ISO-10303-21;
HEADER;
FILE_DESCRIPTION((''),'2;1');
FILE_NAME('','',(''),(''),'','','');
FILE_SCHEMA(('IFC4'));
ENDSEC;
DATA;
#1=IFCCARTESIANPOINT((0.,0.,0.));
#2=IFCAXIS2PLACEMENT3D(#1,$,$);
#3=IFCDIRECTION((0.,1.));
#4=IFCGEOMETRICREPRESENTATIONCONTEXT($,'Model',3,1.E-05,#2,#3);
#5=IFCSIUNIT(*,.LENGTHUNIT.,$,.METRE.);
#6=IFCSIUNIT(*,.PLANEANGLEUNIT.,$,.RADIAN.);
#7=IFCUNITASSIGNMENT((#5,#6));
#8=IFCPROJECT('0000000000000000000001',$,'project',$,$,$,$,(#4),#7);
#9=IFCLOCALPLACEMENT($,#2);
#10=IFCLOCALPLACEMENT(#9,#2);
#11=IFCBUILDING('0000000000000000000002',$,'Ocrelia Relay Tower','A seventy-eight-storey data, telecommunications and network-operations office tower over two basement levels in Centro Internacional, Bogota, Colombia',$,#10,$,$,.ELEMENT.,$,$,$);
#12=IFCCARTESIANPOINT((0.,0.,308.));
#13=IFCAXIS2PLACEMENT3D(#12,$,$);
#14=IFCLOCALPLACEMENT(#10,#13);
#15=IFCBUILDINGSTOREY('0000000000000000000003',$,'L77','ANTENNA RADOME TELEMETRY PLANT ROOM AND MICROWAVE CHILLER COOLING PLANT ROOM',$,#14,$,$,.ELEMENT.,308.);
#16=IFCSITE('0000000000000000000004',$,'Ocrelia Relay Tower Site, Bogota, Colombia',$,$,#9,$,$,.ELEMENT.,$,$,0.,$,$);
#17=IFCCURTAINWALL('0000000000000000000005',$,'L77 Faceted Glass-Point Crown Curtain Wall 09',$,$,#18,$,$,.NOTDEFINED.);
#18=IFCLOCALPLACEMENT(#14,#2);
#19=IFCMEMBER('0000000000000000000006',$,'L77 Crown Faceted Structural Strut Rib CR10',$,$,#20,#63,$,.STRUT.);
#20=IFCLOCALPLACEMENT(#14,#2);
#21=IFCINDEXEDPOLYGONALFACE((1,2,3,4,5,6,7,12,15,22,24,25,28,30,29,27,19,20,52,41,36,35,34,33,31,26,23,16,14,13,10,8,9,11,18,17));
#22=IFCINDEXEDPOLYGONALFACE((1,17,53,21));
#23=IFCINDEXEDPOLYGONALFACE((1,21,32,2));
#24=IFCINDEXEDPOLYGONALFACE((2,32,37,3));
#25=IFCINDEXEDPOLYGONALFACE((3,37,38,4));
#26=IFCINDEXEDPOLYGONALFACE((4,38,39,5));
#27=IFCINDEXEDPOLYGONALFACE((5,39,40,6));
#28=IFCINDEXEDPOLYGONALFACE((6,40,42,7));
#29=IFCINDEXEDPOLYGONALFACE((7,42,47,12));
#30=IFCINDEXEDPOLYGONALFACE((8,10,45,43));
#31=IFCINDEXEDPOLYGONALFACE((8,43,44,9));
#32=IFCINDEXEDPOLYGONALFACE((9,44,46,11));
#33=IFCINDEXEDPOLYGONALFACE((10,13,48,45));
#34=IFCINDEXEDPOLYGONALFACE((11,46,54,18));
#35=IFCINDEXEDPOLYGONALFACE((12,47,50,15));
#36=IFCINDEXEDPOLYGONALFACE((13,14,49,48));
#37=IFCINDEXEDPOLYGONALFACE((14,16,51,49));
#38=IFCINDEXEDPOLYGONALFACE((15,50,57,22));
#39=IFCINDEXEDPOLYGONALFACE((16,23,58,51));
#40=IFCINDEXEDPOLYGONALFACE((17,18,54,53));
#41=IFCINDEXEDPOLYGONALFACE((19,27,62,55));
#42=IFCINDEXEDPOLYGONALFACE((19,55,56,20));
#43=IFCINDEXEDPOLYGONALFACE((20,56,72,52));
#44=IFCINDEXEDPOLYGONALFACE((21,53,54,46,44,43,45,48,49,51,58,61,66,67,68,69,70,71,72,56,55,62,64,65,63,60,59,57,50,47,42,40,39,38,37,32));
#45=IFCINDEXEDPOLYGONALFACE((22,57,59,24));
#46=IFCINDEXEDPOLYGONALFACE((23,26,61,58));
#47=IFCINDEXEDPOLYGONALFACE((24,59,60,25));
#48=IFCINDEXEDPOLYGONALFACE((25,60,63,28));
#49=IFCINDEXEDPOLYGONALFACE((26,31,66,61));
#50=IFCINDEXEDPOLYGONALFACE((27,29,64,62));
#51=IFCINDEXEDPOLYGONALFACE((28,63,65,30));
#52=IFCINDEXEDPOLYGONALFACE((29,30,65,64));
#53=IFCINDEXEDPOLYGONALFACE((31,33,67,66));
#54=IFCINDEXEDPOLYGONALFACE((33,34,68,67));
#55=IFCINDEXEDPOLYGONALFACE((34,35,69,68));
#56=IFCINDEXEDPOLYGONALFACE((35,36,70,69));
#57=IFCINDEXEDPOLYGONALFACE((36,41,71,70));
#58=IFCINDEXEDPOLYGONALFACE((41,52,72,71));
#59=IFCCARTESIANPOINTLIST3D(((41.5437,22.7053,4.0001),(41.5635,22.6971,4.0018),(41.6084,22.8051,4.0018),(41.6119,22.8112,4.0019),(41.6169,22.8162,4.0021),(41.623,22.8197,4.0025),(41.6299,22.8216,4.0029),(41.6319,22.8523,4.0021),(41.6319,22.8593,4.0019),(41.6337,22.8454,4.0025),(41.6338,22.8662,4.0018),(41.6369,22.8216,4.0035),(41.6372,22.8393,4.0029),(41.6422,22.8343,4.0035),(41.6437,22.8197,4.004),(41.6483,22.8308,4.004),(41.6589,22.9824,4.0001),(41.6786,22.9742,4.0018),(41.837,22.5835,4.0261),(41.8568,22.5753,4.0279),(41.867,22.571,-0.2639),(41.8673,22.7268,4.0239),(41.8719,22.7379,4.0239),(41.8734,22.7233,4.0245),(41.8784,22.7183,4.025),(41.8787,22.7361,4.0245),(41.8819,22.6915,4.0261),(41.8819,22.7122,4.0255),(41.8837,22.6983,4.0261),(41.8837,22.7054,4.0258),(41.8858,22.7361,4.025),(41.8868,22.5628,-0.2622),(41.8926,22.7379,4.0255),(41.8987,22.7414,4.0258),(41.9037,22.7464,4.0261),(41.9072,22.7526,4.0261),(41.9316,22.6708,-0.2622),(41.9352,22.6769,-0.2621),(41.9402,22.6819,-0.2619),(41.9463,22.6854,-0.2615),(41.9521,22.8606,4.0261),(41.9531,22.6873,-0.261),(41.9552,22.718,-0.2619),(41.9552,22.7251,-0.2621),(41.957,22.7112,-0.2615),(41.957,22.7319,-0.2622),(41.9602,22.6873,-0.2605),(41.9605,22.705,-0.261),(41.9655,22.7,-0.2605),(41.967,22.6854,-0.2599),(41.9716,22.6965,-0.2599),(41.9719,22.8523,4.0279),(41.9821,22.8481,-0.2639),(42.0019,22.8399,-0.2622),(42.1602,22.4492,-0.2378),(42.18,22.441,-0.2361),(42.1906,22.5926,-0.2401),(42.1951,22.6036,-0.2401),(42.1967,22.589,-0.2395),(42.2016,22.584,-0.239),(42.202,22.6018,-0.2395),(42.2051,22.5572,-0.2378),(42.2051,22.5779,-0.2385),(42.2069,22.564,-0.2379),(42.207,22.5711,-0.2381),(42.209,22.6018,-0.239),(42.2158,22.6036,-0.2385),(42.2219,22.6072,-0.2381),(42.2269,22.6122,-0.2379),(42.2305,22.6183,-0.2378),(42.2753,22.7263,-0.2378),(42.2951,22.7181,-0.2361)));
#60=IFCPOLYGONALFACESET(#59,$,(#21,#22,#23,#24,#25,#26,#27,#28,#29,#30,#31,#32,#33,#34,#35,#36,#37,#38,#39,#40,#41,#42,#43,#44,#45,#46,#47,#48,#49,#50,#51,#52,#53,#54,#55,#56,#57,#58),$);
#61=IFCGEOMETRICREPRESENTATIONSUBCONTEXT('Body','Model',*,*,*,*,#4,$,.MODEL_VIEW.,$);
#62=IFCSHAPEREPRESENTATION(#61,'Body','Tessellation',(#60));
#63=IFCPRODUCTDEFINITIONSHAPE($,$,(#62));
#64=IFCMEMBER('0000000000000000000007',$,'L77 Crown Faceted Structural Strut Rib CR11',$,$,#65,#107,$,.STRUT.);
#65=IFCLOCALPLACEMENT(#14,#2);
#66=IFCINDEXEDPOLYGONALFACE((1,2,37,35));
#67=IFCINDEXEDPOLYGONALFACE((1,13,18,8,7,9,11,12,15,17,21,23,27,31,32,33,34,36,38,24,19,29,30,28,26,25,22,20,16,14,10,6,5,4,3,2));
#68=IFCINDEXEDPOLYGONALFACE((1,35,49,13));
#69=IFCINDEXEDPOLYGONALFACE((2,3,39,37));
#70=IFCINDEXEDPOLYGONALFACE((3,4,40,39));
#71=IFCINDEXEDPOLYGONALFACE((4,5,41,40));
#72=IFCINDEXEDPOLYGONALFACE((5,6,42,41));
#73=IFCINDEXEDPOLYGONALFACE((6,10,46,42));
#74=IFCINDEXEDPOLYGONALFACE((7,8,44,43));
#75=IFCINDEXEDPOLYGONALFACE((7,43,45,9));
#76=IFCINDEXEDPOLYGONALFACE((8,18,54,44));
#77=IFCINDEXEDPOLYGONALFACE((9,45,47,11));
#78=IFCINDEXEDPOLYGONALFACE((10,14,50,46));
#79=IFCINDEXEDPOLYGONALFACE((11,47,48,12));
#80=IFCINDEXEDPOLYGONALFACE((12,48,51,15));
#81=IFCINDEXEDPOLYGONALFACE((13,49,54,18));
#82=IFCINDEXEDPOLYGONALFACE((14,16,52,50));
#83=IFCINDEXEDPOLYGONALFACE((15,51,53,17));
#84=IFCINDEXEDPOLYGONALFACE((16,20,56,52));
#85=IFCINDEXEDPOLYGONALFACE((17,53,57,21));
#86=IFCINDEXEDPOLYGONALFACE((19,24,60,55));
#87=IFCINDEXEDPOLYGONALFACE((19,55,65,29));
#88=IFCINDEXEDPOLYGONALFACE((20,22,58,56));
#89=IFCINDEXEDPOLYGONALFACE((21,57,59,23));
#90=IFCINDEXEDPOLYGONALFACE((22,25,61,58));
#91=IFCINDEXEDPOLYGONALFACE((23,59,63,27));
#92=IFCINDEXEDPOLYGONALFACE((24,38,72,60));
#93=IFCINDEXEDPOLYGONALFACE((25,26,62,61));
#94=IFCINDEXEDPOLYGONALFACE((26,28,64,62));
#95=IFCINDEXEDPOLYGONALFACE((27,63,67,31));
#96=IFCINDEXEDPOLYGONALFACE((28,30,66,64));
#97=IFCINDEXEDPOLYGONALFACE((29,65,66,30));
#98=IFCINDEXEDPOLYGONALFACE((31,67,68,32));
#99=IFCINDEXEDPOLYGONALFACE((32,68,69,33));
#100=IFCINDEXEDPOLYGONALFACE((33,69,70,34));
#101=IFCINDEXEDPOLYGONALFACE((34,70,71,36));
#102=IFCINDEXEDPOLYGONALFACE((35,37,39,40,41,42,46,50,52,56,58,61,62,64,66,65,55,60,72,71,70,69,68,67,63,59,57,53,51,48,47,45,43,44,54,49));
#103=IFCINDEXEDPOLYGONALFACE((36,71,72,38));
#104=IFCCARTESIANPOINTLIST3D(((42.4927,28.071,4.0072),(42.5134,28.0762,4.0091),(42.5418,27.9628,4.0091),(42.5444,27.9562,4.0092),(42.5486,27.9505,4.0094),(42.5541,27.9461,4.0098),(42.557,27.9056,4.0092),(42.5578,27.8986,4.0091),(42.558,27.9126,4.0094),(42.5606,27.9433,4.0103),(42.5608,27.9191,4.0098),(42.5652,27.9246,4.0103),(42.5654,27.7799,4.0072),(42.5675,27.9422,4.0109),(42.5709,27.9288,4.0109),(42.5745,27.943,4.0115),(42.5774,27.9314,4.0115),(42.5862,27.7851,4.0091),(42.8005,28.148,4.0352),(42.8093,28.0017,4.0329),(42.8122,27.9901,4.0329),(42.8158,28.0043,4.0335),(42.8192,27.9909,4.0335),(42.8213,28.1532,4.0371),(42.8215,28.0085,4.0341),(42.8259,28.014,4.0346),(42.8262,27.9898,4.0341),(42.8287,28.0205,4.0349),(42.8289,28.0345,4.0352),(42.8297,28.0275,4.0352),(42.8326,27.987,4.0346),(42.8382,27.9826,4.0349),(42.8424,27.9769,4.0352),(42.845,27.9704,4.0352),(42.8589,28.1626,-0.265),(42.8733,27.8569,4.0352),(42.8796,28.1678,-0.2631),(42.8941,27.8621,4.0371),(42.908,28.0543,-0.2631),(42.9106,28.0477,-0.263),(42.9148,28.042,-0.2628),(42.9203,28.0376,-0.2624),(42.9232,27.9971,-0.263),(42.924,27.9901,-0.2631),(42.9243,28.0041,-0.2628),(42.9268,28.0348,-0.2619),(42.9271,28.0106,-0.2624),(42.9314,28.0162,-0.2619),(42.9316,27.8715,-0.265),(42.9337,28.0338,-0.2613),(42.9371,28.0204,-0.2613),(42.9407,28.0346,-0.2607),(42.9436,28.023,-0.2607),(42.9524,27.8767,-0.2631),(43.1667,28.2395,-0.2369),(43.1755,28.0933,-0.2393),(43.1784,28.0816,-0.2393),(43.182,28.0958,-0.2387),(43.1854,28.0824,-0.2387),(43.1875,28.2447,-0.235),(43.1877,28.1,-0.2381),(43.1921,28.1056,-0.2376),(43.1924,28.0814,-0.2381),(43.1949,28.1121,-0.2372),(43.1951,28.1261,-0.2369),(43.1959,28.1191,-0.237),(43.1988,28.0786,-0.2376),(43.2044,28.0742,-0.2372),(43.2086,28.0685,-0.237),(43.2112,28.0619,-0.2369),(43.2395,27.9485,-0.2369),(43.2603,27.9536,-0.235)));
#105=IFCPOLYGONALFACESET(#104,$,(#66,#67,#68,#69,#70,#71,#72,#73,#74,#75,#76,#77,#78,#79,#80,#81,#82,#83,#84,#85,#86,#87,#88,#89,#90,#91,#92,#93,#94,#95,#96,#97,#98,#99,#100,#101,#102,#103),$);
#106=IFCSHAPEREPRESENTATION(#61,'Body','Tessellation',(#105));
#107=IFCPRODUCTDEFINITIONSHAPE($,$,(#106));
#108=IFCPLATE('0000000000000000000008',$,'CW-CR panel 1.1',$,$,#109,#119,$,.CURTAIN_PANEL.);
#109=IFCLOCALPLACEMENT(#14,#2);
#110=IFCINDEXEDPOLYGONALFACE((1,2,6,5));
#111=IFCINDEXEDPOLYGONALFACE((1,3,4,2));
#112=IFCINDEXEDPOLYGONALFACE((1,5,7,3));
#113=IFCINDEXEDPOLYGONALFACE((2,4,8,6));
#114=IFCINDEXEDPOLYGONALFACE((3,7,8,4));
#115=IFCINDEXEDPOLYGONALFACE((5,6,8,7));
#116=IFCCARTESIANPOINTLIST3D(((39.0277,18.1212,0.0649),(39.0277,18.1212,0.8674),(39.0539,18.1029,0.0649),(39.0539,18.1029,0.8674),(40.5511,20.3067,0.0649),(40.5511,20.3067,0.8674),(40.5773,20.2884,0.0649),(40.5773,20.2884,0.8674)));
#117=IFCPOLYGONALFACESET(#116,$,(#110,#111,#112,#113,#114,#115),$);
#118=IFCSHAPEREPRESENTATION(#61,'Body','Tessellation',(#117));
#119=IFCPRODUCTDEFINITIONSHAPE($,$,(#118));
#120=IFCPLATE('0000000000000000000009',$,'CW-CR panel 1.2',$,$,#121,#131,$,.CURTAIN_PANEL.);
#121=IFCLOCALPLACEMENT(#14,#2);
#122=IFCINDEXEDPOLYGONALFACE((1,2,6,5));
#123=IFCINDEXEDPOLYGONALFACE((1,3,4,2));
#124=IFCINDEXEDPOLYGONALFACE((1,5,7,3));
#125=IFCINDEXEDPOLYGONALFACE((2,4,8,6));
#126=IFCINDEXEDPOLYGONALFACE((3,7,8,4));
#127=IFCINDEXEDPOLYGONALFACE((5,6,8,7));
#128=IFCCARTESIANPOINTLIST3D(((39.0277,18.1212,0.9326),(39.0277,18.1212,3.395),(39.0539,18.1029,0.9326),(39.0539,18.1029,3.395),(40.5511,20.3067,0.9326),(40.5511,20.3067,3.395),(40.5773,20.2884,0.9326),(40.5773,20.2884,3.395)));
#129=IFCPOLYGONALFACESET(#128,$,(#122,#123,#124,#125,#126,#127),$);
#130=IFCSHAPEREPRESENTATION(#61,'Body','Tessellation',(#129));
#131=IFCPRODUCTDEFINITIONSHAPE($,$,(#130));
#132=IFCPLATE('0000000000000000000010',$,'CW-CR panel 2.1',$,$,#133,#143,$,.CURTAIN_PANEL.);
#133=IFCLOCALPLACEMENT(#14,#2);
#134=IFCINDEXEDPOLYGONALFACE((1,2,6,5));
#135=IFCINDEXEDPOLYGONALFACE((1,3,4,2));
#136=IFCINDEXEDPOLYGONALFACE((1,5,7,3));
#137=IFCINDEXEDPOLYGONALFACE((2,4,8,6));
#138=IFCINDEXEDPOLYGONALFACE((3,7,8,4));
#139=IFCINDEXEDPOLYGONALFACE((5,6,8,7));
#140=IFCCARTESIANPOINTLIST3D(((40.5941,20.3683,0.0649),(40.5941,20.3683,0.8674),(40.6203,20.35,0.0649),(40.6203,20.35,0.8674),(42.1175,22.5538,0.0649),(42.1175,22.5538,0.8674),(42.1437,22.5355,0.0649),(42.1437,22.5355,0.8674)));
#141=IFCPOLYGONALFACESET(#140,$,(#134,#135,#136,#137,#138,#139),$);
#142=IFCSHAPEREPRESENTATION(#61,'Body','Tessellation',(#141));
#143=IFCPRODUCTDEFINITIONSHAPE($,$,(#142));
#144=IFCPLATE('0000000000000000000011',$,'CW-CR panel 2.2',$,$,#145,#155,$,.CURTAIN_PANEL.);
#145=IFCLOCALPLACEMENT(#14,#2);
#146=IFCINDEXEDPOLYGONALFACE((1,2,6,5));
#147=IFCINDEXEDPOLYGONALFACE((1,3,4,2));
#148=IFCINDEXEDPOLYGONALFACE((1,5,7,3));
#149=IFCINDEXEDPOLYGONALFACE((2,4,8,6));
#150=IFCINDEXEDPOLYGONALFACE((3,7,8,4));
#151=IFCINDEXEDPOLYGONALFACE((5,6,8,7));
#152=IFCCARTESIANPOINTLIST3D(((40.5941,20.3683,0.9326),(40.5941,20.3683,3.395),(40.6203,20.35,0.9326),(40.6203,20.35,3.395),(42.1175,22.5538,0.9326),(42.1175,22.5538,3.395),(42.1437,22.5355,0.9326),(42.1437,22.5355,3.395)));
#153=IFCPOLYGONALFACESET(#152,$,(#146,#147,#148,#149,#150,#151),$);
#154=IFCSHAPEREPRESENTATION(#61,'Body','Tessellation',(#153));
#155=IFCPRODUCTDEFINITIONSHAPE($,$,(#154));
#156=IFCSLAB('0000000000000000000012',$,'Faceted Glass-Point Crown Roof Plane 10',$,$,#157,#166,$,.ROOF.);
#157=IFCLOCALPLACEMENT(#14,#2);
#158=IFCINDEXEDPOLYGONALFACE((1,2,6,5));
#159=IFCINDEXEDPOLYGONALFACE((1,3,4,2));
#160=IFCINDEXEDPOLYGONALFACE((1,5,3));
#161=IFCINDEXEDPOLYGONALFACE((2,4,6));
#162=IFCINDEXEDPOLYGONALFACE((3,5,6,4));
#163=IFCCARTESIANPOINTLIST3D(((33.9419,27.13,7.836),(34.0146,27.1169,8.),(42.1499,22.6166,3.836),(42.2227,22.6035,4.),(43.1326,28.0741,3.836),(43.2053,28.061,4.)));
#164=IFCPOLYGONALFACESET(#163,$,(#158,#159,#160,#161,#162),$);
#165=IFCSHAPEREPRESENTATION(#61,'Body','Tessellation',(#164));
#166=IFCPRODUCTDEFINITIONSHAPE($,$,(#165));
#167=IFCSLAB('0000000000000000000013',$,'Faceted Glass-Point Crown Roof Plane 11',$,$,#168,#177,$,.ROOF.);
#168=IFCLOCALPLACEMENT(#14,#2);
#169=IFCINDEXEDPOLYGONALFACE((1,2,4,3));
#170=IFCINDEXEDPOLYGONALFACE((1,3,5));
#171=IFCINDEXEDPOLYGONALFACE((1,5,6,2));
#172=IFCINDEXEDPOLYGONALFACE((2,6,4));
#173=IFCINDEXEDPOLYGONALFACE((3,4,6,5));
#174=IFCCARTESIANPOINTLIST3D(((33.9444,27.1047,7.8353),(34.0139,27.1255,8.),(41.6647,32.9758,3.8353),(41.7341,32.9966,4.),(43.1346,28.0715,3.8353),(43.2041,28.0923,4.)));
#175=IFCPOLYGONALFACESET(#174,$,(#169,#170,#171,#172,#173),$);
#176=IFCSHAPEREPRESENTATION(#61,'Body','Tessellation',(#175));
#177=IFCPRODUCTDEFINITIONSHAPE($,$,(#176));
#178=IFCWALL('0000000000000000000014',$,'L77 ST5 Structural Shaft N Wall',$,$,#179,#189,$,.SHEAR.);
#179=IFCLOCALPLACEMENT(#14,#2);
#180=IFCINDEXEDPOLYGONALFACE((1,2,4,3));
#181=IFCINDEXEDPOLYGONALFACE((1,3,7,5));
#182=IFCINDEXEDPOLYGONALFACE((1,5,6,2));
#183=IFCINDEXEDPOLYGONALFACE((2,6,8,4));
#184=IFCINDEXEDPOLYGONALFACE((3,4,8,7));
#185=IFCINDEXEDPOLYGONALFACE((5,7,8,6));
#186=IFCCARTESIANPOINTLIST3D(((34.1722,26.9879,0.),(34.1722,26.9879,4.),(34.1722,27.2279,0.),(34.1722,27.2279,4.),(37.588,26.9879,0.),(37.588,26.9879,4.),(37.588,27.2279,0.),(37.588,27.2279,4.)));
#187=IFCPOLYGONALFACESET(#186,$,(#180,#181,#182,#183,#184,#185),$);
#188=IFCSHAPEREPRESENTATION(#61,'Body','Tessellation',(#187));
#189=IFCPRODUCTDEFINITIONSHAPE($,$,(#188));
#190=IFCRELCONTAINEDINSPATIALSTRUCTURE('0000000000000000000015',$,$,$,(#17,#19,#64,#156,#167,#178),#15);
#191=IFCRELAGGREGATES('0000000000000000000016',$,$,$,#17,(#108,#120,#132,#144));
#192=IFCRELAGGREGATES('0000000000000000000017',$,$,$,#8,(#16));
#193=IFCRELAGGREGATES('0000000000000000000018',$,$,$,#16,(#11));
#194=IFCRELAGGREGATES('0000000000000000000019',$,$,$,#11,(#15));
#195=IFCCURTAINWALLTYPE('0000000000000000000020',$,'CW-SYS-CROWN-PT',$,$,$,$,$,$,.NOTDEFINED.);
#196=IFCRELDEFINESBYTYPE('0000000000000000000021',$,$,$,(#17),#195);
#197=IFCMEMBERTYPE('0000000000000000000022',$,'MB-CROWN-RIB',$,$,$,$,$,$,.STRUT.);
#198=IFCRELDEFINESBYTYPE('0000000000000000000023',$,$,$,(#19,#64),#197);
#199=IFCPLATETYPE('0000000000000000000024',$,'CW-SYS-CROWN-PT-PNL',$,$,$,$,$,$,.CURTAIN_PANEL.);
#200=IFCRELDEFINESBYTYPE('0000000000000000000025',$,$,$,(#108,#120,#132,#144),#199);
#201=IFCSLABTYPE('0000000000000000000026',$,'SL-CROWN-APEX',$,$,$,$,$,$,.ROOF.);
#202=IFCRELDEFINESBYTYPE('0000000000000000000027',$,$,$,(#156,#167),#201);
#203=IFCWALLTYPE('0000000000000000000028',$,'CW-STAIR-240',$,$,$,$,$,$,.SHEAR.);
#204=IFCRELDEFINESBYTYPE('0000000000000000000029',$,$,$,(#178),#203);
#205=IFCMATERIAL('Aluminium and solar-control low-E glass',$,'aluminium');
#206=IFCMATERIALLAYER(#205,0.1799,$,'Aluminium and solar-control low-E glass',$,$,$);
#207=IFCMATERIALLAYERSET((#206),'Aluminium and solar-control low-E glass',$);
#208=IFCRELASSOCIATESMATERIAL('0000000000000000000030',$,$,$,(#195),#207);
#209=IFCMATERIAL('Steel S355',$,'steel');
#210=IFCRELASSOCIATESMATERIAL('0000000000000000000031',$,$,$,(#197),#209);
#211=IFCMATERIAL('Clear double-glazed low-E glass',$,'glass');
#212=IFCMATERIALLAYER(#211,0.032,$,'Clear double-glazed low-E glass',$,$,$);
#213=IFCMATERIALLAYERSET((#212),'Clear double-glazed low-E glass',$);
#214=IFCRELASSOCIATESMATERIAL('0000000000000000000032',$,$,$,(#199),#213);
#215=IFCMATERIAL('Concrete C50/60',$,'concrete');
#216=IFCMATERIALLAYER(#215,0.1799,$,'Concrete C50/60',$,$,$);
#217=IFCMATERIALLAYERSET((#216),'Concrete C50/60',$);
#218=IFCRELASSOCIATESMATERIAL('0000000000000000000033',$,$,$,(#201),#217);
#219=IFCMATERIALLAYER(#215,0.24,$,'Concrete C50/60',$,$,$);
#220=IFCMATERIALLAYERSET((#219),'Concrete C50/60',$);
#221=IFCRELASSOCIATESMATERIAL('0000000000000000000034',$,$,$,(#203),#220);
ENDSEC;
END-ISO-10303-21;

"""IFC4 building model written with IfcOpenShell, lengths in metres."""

from ifc_helpers import new_model, si_unit, direction, frame, frame_2d, origin, origin_2d, place, context, subcontext, project, spatial, polyline, rectangle, i_section, outline, extrude, material, layer, layer_set, material_profile, profile_set, type_object, element, aggregate, save


model = new_model("IFC4")

# Units and contexts
model_context = context("Model", 3, precision=1e-05, world=origin(), true_north=direction((0.0, 1.0)))
body_context = subcontext(model_context, "Body", "Model", "MODEL_VIEW")
ifc_project = project(units=[si_unit("LENGTHUNIT", "METRE"), si_unit("PLANEANGLEUNIT", "RADIAN")], contexts=[model_context])

# Site, building, storey
site_placement = place(None, origin())
site = spatial("IfcSite", under=ifc_project, at=site_placement, Name="Ocrelia Relay Tower Site, Bogota, Colombia", CompositionType="ELEMENT", RefElevation=0.0)
building_placement = place(site_placement, origin())
building = spatial("IfcBuilding", under=site, at=building_placement, Name="Ocrelia Relay Tower", Description="A seventy-eight-storey data, telecommunications and network-operations office tower over two basement levels in Centro Internacional, Bogota, Colombia", CompositionType="ELEMENT")
storey_placement = place(building_placement, frame((0.0, 0.0, 308.0)))
storey = spatial("IfcBuildingStorey", under=building, at=storey_placement, Name="L77", Description="ANTENNA RADOME TELEMETRY PLANT ROOM AND MICROWAVE CHILLER COOLING PLANT ROOM", CompositionType="ELEMENT", Elevation=308.0)

# Shared definitions
ifc_material_1 = material(Name="Concrete C50/60", Category="concrete")

# Shared definitions
ifc_material_2 = material(Name="Steel S355", Category="steel")

# Curtain wall
ifc_material_3 = material(Name="Aluminium and solar-control low-E glass", Category="aluminium")
ifc_layer_1 = layer(ifc_material_3, 0.1799, Name="Aluminium and solar-control low-E glass")
ifc_layer_set_1 = layer_set([ifc_layer_1], Name="Aluminium and solar-control low-E glass")
curtain_wall_type = type_object("IfcCurtainWallType", Name="CW-SYS-CROWN-PT", PredefinedType="NOTDEFINED", material=ifc_layer_set_1)
curtain_wall_placement = place(storey_placement, origin())
curtain_wall = element("IfcCurtainWall", 1, at=curtain_wall_placement, inside=storey, type_object=curtain_wall_type, Name="L77 Faceted Glass-Point Crown Curtain Wall 09", PredefinedType="NOTDEFINED")

# Members
ifc_material_profile_1 = material_profile(ifc_material_2, i_section(OverallWidth=0.3, OverallDepth=0.3401, WebThickness=0.012, FlangeThickness=0.0215, FilletRadius=0.0271, at=origin_2d()), Name="HEB 340")
ifc_profile_set_1 = profile_set([ifc_material_profile_1], Name="Steel S355")
member_type_1 = type_object("IfcMemberType", Name="MB-CROWN-RIB", PredefinedType="STRUT", material=ifc_profile_set_1)
member_1_placement = place(storey_placement, frame((42.0811, 22.6445, -0.25), z_axis=(-0.075555, 0.031386, 0.996648), x_axis=(-0.383625, -0.923489, 0.0)))
element("IfcMember", 2, at=member_1_placement, inside=storey, type_object=member_type_1, Name="L77 Crown Faceted Structural Strut Rib CR10", PredefinedType="STRUT", context=body_context, shape_type="SweptSolid", body=[
    extrude(i_section(OverallWidth=0.3, OverallDepth=0.3401, WebThickness=0.012, FlangeThickness=0.0215, FilletRadius=0.0271, at=origin_2d()), origin(), (0.0, 0.0, 1.0), 4.2783),
])
member_2_placement = place(storey_placement, frame((43.0596, 28.0581, -0.25), z_axis=(-0.085387, -0.021347, 0.996119), x_axis=(0.242536, -0.970143, 0.0)))
element("IfcMember", 3, at=member_2_placement, inside=storey, type_object=member_type_1, Name="L77 Crown Faceted Structural Strut Rib CR11", PredefinedType="STRUT", context=body_context, shape_type="SweptSolid", body=[
    extrude(i_section(OverallWidth=0.3, OverallDepth=0.3401, WebThickness=0.012, FlangeThickness=0.0215, FilletRadius=0.0271, at=origin_2d()), origin(), (0.0, 0.0, 1.0), 4.2888),
])

# Plates
ifc_material_4 = material(Name="Clear double-glazed low-E glass", Category="glass")
ifc_layer_2 = layer(ifc_material_4, 0.032, Name="Clear double-glazed low-E glass")
ifc_layer_set_2 = layer_set([ifc_layer_2], Name="Clear double-glazed low-E glass")
plate_type = type_object("IfcPlateType", Name="CW-SYS-CROWN-PT-PNL", PredefinedType="CURTAIN_PANEL", material=ifc_layer_set_2)
plate_1_placement = place(storey_placement, frame((39.8025, 19.2048, 0.0649), z_axis=(0.0, 0.0, 1.0), x_axis=(0.571848, 0.82036, 0.0)))
plate_1 = element("IfcPlate", 4, at=plate_1_placement, type_object=plate_type, Name="CW-CR panel 1.1", PredefinedType="CURTAIN_PANEL", context=body_context, shape_type="SweptSolid", body=[
    extrude(rectangle(XDim=2.6641, YDim=0.032, at=origin_2d()), origin(), (0.0, 0.0, 1.0), 0.8025),
])
plate_2_placement = place(storey_placement, frame((39.8025, 19.2048, 0.9326), z_axis=(0.0, 0.0, 1.0), x_axis=(0.571848, 0.82036, 0.0)))
plate_2 = element("IfcPlate", 5, at=plate_2_placement, type_object=plate_type, Name="CW-CR panel 1.2", PredefinedType="CURTAIN_PANEL", context=body_context, shape_type="SweptSolid", body=[
    extrude(rectangle(XDim=2.6641, YDim=0.032, at=origin_2d()), origin(), (0.0, 0.0, 1.0), 2.4624),
])
plate_3_placement = place(storey_placement, frame((41.3689, 21.4519, 0.0649), z_axis=(0.0, 0.0, 1.0), x_axis=(0.571848, 0.82036, 0.0)))
plate_3 = element("IfcPlate", 6, at=plate_3_placement, type_object=plate_type, Name="CW-CR panel 2.1", PredefinedType="CURTAIN_PANEL", context=body_context, shape_type="SweptSolid", body=[
    extrude(rectangle(XDim=2.6641, YDim=0.032, at=origin_2d()), origin(), (0.0, 0.0, 1.0), 0.8025),
])
plate_4_placement = place(storey_placement, frame((41.3689, 21.4519, 0.9326), z_axis=(0.0, 0.0, 1.0), x_axis=(0.571848, 0.82036, 0.0)))
plate_4 = element("IfcPlate", 7, at=plate_4_placement, type_object=plate_type, Name="CW-CR panel 2.2", PredefinedType="CURTAIN_PANEL", context=body_context, shape_type="SweptSolid", body=[
    extrude(rectangle(XDim=2.6641, YDim=0.032, at=origin_2d()), origin(), (0.0, 0.0, 1.0), 2.4624),
])
aggregate(curtain_wall, [plate_1, plate_2, plate_3, plate_4])

# Slabs
ifc_layer_3 = layer(ifc_material_1, 0.1799, Name="Concrete C50/60")
ifc_layer_set_3 = layer_set([ifc_layer_3], Name="Concrete C50/60")
slab_type = type_object("IfcSlabType", Name="SL-CROWN-APEX", PredefinedType="ROOF", material=ifc_layer_set_3)
slab_1_placement = place(storey_placement, frame((42.2227, 22.6035, 4.0), z_axis=(0.404285, -0.072794, 0.911732), x_axis=(0.177208, 0.984173, 0.0)))
element("IfcSlab", 8, at=slab_1_placement, inside=storey, type_object=slab_type, Name="Faceted Glass-Point Crown Roof Plane 10", PredefinedType="ROOF", context=body_context, shape_type="SweptSolid", body=[
    extrude(outline(polyline([(0.0, 0.0), (5.5453, 0.0), (2.9875, 9.7374), (0.0, 0.0)])), origin(), (0.0, 0.0, -1.0), 0.1799),
])
slab_2_placement = place(storey_placement, frame((43.2041, 28.0923, 4.0), z_axis=(0.386141, 0.115738, 0.91515), x_axis=(-0.287112, 0.957897, 0.0)))
element("IfcSlab", 9, at=slab_2_placement, inside=storey, type_object=slab_type, Name="Faceted Glass-Point Crown Roof Plane 11", PredefinedType="ROOF", context=body_context, shape_type="SweptSolid", body=[
    extrude(outline(polyline([(0.0, 0.0), (5.1199, 0.0), (1.7125, 9.9228), (0.0, 0.0)])), origin(), (0.0, 0.0, -1.0), 0.1799),
])

# Shared definitions
ifc_layer_4 = layer(ifc_material_1, 0.24, Name="Concrete C50/60")
ifc_layer_set_4 = layer_set([ifc_layer_4], Name="Concrete C50/60")
wall_type_1 = type_object("IfcWallType", Name="CW-STAIR-240", PredefinedType="SHEAR", material=ifc_layer_set_4)

# Wall
wall_1_placement = place(storey_placement, frame((34.1721, 27.1079, 0.0), z_axis=(0.0, 0.0, 1.0), x_axis=(1.0, 0.0, 0.0)))
element("IfcWall", 10, at=wall_1_placement, inside=storey, type_object=wall_type_1, Name="L77 ST5 Structural Shaft N Wall", PredefinedType="SHEAR", context=body_context, shape_type="SweptSolid", body=[
    extrude(rectangle(XDim=3.4158, YDim=0.24, at=frame_2d((1.708, 0.0))), origin(), (0.0, 0.0, 1.0), 4.0),
])

save(model, "model.ifc")
